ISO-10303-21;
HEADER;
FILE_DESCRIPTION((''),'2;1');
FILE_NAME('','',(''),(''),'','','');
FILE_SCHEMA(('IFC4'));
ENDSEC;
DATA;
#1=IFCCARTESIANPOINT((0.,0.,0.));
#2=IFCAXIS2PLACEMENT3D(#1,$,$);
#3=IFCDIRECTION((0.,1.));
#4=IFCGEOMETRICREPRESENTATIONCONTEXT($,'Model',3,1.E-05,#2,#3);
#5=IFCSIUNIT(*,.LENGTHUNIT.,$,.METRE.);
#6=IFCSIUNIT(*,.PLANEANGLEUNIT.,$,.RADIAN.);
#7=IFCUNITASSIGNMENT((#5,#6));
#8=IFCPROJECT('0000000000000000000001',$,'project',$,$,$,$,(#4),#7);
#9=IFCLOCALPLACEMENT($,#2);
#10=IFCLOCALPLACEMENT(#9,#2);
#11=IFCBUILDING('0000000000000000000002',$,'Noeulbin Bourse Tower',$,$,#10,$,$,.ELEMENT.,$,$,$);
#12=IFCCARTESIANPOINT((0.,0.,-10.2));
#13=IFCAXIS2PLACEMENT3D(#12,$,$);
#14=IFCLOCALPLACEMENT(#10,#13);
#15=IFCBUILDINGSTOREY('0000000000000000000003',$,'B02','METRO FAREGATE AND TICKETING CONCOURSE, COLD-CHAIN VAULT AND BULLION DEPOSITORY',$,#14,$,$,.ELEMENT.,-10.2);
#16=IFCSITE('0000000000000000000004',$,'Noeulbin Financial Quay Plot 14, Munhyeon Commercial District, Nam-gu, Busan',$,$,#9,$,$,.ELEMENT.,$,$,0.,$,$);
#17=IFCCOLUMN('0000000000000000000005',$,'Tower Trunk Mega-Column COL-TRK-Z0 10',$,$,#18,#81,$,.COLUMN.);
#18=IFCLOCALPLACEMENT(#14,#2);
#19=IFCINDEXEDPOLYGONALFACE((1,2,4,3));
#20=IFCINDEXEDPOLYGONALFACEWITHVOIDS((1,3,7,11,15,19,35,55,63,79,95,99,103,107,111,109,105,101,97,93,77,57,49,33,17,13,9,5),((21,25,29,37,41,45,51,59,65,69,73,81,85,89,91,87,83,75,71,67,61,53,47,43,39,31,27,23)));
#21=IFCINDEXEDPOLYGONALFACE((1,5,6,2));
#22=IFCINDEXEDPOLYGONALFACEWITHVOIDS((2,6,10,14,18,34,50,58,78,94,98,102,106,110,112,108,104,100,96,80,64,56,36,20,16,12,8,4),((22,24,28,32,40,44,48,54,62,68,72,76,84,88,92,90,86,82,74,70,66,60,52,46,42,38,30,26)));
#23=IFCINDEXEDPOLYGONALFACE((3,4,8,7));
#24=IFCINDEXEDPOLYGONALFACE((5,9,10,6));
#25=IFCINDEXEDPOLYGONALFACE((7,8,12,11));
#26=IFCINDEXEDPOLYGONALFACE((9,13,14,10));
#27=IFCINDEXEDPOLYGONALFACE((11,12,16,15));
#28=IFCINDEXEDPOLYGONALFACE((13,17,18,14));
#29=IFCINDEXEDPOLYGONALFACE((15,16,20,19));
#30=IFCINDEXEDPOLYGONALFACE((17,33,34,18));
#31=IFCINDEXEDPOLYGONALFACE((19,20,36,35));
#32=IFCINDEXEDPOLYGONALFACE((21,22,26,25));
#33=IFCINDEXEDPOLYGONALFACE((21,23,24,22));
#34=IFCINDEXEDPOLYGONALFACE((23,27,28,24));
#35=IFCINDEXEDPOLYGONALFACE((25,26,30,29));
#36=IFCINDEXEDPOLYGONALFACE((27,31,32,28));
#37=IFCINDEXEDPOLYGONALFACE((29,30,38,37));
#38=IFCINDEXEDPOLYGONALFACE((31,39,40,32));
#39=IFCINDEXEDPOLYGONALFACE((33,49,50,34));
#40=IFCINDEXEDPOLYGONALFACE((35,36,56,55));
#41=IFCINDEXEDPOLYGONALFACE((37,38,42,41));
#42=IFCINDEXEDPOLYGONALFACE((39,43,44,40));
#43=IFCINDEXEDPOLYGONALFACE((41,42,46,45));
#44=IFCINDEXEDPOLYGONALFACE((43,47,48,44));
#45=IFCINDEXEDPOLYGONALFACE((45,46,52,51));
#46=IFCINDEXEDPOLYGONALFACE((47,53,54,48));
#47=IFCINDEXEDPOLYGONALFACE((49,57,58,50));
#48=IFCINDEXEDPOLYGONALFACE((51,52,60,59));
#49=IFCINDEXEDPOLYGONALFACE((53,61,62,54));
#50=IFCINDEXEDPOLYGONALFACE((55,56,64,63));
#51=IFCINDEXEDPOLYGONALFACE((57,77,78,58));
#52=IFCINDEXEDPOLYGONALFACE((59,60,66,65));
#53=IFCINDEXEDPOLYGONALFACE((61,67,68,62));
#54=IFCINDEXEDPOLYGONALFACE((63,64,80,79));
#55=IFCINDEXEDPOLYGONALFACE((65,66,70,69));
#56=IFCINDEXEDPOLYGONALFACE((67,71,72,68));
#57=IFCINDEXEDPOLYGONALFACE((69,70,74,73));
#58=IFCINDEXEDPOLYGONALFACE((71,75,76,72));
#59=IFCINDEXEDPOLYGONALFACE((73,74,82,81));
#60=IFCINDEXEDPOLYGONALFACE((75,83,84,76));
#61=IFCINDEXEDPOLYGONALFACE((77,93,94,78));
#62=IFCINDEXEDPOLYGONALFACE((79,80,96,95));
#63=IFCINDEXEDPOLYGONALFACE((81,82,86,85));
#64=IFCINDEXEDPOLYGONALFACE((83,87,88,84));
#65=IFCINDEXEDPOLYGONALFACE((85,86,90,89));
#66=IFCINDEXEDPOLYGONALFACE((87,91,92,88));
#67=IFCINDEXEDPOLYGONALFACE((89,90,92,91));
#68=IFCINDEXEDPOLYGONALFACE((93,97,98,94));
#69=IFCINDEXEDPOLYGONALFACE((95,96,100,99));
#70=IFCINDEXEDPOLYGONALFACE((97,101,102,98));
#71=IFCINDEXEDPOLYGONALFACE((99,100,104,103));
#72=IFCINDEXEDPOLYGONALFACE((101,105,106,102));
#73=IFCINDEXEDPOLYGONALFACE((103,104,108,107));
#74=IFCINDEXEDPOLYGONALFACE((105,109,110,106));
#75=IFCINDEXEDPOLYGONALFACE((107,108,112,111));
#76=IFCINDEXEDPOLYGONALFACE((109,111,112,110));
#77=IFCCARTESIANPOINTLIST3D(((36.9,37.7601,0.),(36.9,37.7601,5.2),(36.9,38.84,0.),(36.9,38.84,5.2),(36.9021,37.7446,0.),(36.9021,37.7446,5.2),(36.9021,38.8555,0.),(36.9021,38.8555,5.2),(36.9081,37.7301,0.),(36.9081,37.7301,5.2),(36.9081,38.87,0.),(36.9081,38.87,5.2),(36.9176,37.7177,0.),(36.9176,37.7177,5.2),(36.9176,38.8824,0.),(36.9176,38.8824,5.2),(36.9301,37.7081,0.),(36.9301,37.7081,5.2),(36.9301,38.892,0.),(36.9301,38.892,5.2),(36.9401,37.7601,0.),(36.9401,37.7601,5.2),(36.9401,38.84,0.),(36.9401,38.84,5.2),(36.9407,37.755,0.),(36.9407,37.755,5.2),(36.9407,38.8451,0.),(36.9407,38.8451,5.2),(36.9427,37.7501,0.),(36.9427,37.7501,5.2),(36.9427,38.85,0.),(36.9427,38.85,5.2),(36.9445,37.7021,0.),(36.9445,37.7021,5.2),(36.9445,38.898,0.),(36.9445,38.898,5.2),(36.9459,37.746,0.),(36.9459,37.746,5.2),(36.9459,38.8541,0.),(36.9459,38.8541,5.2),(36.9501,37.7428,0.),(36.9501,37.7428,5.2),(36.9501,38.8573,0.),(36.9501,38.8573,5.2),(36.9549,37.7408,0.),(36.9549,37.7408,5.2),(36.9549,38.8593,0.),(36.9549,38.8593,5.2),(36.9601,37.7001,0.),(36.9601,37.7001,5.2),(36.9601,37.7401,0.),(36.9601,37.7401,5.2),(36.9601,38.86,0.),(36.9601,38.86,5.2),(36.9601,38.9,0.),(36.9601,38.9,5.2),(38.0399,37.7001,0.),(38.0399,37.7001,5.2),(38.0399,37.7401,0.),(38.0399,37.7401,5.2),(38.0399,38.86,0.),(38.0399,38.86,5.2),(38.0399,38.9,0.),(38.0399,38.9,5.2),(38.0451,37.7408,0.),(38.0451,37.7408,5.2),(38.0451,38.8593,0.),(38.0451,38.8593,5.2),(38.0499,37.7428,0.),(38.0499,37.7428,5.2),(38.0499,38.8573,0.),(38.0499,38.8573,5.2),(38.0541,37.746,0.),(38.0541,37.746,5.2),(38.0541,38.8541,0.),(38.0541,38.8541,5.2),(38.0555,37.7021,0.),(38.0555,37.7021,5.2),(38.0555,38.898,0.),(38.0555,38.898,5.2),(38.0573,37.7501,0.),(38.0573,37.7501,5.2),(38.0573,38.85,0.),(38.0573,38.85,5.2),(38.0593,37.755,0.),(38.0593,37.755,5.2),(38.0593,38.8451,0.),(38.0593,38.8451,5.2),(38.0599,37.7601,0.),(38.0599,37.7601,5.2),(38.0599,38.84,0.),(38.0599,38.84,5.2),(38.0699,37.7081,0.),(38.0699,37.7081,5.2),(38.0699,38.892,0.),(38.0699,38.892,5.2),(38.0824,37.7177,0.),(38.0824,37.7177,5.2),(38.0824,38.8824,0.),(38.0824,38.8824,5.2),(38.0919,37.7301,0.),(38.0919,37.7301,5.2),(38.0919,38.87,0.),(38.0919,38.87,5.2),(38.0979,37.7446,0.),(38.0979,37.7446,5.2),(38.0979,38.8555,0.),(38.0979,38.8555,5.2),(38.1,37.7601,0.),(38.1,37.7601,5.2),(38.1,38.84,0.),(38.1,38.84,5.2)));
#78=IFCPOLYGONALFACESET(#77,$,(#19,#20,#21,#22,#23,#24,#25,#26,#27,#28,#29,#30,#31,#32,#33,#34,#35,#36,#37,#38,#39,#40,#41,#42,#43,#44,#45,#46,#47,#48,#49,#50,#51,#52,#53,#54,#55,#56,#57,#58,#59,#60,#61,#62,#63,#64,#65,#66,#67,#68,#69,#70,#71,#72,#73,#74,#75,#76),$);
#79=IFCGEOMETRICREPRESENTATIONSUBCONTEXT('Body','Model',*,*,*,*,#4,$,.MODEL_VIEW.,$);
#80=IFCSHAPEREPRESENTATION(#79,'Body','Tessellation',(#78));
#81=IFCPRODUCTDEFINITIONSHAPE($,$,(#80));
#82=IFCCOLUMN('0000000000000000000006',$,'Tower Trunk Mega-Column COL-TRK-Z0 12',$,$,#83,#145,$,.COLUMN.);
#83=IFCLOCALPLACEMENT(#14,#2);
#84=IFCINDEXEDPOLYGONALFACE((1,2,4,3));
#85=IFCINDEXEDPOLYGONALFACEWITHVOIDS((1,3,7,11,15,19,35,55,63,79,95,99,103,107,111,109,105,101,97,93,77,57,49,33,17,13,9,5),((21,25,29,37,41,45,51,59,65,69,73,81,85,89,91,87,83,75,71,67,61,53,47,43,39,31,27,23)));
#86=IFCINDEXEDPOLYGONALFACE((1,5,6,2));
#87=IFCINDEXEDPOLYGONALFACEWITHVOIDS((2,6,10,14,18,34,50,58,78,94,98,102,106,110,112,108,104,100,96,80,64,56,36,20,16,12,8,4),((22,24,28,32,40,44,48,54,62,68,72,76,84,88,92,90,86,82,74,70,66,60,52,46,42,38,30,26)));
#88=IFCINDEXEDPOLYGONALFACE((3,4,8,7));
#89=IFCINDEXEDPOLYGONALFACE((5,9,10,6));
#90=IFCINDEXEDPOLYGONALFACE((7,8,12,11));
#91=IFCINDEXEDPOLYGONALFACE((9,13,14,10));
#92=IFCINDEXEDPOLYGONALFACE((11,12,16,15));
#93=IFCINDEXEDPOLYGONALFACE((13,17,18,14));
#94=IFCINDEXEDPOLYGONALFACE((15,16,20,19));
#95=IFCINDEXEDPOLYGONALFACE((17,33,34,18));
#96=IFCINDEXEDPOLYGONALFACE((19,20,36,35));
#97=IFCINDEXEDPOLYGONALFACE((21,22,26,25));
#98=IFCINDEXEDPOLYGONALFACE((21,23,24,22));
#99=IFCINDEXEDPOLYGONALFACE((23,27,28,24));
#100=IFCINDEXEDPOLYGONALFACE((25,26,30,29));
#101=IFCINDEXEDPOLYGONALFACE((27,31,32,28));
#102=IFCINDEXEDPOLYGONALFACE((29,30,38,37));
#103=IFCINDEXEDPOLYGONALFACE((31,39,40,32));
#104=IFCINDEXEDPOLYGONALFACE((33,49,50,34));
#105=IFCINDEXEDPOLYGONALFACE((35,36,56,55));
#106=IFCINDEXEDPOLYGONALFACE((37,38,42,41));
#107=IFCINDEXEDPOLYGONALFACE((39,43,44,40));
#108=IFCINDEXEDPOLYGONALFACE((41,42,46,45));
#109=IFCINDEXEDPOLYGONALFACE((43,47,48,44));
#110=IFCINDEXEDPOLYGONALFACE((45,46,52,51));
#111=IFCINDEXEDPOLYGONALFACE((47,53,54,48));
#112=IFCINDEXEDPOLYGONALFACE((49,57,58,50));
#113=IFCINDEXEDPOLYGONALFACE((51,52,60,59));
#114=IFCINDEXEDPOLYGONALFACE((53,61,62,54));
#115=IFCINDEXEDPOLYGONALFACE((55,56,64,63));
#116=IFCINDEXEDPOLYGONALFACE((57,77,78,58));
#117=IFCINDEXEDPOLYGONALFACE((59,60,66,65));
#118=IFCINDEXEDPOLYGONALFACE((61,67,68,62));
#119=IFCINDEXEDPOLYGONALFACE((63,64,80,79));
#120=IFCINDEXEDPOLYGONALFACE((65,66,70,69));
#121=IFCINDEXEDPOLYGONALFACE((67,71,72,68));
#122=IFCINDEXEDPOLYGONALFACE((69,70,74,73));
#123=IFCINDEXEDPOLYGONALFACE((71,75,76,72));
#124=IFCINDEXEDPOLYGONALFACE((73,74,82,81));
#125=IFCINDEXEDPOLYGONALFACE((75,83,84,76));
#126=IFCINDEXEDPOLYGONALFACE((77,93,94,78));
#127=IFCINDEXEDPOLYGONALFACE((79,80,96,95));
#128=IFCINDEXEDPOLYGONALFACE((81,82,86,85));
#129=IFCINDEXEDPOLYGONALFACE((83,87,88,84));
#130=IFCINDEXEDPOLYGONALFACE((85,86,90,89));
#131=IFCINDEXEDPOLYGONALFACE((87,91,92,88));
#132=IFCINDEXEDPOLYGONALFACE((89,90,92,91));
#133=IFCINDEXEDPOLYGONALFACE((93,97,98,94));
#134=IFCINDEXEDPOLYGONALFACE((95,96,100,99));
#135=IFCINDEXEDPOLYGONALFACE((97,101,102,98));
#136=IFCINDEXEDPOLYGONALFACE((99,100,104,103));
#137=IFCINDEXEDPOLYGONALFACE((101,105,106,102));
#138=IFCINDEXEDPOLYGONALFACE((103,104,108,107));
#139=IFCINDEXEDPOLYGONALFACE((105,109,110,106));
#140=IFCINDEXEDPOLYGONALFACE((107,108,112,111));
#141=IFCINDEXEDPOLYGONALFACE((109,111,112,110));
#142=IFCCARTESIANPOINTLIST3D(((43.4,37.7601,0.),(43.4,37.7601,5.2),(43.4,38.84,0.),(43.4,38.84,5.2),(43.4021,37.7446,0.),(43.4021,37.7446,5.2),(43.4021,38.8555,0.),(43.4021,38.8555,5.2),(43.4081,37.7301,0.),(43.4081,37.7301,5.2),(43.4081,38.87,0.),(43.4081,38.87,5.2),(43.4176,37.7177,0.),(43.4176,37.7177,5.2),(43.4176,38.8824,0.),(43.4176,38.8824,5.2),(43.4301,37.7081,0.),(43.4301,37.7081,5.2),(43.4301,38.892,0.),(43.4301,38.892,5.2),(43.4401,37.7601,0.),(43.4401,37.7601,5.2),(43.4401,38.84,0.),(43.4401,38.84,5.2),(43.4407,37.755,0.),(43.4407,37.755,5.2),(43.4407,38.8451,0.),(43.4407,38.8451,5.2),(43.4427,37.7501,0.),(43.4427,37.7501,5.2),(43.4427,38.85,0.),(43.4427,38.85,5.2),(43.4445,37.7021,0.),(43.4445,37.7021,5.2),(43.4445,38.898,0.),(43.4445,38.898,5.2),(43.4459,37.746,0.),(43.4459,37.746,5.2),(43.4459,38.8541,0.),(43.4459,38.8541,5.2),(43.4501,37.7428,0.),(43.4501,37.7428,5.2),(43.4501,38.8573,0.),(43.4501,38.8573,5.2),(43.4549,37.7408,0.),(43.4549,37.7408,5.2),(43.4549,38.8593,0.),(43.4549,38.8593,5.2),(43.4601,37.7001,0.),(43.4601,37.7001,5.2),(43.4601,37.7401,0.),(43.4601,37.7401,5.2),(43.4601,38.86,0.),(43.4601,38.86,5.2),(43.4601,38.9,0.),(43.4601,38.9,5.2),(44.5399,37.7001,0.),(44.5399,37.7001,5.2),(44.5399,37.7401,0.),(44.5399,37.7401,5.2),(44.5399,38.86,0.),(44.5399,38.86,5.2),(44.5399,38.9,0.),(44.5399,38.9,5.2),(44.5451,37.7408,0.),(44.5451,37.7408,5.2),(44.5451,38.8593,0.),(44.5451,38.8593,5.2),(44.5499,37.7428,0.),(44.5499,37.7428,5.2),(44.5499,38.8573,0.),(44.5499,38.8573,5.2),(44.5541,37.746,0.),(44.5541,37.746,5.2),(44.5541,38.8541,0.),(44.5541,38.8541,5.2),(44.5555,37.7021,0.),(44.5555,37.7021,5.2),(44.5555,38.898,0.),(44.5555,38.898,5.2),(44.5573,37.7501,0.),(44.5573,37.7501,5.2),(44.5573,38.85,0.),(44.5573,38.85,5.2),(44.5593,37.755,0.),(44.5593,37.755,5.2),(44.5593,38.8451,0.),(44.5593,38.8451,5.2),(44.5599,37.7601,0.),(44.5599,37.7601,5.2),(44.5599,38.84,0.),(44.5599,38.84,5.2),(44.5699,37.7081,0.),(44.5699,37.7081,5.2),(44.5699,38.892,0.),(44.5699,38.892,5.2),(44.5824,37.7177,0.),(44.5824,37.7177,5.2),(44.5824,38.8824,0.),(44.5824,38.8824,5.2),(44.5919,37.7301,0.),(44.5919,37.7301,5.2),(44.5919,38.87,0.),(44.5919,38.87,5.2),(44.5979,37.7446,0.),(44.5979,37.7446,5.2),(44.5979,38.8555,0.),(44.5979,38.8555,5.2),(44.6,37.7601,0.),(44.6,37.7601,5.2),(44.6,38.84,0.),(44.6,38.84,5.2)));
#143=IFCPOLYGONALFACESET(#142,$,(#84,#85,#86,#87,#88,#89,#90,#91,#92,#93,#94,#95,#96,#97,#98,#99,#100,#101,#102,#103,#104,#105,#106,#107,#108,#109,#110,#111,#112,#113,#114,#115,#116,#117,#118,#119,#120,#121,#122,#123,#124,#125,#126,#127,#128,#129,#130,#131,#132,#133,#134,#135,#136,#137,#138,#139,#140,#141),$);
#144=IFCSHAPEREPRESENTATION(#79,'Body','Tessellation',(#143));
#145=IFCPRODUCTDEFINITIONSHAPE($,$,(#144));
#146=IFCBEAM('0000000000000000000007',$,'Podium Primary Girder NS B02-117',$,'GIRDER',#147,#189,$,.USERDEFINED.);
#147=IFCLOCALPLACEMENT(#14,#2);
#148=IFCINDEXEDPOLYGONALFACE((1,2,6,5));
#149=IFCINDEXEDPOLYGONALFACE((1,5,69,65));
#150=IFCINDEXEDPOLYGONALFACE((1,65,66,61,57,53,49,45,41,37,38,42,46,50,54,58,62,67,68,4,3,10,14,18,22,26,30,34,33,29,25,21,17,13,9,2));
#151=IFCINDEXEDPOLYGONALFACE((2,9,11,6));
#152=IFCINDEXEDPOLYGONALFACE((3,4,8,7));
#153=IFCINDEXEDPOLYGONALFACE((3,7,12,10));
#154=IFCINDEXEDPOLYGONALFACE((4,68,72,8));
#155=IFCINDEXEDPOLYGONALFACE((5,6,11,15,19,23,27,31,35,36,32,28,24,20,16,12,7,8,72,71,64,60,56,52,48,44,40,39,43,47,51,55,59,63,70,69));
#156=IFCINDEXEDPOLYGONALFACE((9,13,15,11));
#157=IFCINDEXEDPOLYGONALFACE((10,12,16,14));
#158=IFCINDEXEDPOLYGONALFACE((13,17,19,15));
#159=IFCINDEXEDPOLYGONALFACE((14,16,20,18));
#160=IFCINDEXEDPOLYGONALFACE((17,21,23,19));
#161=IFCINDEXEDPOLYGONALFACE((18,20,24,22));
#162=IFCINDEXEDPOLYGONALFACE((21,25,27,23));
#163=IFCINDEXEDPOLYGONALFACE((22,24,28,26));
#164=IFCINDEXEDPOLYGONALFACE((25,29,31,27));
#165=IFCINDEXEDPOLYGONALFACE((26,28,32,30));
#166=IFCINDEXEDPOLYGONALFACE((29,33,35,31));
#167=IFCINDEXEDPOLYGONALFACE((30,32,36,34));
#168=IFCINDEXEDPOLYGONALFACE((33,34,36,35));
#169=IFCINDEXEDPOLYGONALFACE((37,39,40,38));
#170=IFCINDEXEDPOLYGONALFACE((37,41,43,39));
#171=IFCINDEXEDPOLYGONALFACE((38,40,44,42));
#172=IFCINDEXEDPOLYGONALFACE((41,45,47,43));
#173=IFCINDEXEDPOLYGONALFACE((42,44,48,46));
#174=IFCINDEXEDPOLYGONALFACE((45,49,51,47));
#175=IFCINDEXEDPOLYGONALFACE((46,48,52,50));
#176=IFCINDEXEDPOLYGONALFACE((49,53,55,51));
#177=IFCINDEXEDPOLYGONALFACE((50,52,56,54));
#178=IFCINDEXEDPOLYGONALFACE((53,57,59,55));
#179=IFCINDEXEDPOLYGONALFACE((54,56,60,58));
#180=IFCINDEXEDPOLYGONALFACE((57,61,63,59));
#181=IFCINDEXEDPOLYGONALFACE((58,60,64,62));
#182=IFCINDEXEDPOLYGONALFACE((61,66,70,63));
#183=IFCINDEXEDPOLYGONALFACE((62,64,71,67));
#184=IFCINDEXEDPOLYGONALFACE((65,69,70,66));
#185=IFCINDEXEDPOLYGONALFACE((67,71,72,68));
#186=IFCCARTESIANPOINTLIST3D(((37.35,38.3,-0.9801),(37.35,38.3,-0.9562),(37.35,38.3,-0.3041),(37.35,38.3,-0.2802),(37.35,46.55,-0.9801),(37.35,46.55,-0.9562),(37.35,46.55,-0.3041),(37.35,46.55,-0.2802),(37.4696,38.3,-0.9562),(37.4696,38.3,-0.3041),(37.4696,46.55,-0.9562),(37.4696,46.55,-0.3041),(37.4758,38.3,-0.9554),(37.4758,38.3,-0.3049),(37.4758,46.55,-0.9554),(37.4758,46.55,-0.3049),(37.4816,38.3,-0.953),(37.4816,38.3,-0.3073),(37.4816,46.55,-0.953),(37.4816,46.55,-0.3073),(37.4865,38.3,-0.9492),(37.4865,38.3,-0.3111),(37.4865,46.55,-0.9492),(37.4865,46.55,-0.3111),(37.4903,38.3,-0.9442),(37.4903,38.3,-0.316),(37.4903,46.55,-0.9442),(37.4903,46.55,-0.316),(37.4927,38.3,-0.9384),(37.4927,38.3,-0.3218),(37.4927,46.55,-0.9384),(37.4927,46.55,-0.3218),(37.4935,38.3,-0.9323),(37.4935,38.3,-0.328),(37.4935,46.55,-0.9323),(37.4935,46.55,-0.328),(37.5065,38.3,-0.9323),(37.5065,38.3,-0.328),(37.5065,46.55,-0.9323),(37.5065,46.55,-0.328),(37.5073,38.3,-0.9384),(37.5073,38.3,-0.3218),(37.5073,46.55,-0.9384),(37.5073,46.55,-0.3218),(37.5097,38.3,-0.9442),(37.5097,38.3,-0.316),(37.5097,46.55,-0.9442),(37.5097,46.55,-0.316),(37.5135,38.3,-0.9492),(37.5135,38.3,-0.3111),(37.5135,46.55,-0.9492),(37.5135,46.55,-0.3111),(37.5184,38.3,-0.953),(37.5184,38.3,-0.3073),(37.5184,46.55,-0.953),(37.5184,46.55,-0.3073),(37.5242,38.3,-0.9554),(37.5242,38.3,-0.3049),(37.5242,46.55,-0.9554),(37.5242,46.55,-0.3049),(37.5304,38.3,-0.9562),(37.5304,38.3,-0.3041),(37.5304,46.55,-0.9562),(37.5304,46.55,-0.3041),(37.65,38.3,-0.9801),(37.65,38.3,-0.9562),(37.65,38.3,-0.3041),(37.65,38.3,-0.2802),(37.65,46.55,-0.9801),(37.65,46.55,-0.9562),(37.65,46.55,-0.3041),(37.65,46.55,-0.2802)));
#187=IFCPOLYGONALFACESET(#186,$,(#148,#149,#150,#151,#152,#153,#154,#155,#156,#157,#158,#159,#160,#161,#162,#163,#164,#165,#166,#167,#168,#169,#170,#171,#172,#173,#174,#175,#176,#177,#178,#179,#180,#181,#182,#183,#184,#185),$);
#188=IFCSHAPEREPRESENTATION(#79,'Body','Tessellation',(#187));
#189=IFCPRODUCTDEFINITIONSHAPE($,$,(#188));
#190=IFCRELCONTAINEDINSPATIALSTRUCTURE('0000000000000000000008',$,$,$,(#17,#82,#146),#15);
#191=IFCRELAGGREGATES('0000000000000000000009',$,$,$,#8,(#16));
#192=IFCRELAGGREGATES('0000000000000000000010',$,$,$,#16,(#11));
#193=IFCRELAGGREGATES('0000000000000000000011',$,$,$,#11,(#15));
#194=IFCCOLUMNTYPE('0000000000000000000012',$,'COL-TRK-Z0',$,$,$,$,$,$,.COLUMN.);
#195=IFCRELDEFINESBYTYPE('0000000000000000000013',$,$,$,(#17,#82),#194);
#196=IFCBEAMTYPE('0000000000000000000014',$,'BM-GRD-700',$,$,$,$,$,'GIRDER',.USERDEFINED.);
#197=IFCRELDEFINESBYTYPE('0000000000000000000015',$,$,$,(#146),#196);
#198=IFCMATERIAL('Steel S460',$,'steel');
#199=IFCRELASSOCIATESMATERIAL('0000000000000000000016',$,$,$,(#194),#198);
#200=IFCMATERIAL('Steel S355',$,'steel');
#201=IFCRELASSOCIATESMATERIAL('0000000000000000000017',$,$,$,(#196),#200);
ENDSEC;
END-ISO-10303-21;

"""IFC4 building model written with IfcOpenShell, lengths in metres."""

from ifc_helpers import new_model, si_unit, direction, frame, origin, origin_2d, place, context, subcontext, project, spatial, hollow_rectangle, i_section, extrude, material, material_profile, profile_set, type_object, element, save


model = new_model("IFC4")

# Units and contexts
model_context = context("Model", 3, precision=1e-05, world=origin(), true_north=direction((0.0, 1.0)))
body_context = subcontext(model_context, "Body", "Model", "MODEL_VIEW")
ifc_project = project(units=[si_unit("LENGTHUNIT", "METRE"), si_unit("PLANEANGLEUNIT", "RADIAN")], contexts=[model_context])

# Site, building, storey
site_placement = place(None, origin())
site = spatial("IfcSite", under=ifc_project, at=site_placement, Name="Noeulbin Financial Quay Plot 14, Munhyeon Commercial District, Nam-gu, Busan", CompositionType="ELEMENT", RefElevation=0.0)
building_placement = place(site_placement, origin())
building = spatial("IfcBuilding", under=site, at=building_placement, Name="Noeulbin Bourse Tower", CompositionType="ELEMENT")
storey_placement = place(building_placement, frame((0.0, 0.0, -10.2)))
storey = spatial("IfcBuildingStorey", under=building, at=storey_placement, Name="B02", Description="METRO FAREGATE AND TICKETING CONCOURSE, COLD-CHAIN VAULT AND BULLION DEPOSITORY", CompositionType="ELEMENT", Elevation=-10.2)

# Columns
ifc_material_1 = material(Name="Steel S460", Category="steel")
ifc_material_profile_1 = material_profile(ifc_material_1, hollow_rectangle(XDim=1.2, YDim=1.2, WallThickness=0.04, InnerFilletRadius=0.02, OuterFilletRadius=0.0601, at=origin_2d()), Name="BOX-1200x1200x40", Category="LoadBearing")
ifc_profile_set_1 = profile_set([ifc_material_profile_1], Name="Steel S460")
column_type = type_object("IfcColumnType", Name="COL-TRK-Z0", PredefinedType="COLUMN", material=ifc_profile_set_1)
for number, where, z_axis, x_axis, name in (
    (1, (37.5, 38.3, 0.0), (0.0, 0.0, 1.0), (1.0, 0.0, 0.0), "Tower Trunk Mega-Column COL-TRK-Z0 10"),
    (2, (44.0, 38.3, 0.0), (0.0, 0.0, 1.0), (1.0, 0.0, 0.0), "Tower Trunk Mega-Column COL-TRK-Z0 12"),
):
    element("IfcColumn", number, at=place(storey_placement, frame(where, z_axis=z_axis, x_axis=x_axis)), inside=storey, type_object=column_type, Name=name, PredefinedType="COLUMN", context=body_context, shape_type="SweptSolid", body=[
        extrude(hollow_rectangle(XDim=1.2, YDim=1.2, WallThickness=0.04, InnerFilletRadius=0.02, OuterFilletRadius=0.0601, at=origin_2d()), origin(), (0.0, 0.0, 1.0), 5.2),
    ])

# Beam
ifc_material_2 = material(Name="Steel S355", Category="steel")
ifc_material_profile_2 = material_profile(ifc_material_2, i_section(OverallWidth=0.3, OverallDepth=0.7, WebThickness=0.0129, FlangeThickness=0.0239, FilletRadius=0.0239, at=origin_2d()), Name="H-700x300x13x24", Category="LoadBearing")
ifc_profile_set_2 = profile_set([ifc_material_profile_2], Name="Steel S355")
beam_type_1 = type_object("IfcBeamType", Name="BM-GRD-700", ElementType="GIRDER", PredefinedType="USERDEFINED", material=ifc_profile_set_2)
beam_1_placement = place(storey_placement, frame((37.5, 38.3, -0.6301), z_axis=(0.0, 1.0, 0.0), x_axis=(-1.0, 0.0, 0.0)))
element("IfcBeam", 3, at=beam_1_placement, inside=storey, type_object=beam_type_1, Name="Podium Primary Girder NS B02-117", ObjectType="GIRDER", PredefinedType="USERDEFINED", context=body_context, shape_type="SweptSolid", body=[
    extrude(i_section(OverallWidth=0.3, OverallDepth=0.7, WebThickness=0.0129, FlangeThickness=0.0239, FilletRadius=0.0239, at=origin_2d()), origin(), (0.0, 0.0, 1.0), 8.25),
])

save(model, "model.ifc")
